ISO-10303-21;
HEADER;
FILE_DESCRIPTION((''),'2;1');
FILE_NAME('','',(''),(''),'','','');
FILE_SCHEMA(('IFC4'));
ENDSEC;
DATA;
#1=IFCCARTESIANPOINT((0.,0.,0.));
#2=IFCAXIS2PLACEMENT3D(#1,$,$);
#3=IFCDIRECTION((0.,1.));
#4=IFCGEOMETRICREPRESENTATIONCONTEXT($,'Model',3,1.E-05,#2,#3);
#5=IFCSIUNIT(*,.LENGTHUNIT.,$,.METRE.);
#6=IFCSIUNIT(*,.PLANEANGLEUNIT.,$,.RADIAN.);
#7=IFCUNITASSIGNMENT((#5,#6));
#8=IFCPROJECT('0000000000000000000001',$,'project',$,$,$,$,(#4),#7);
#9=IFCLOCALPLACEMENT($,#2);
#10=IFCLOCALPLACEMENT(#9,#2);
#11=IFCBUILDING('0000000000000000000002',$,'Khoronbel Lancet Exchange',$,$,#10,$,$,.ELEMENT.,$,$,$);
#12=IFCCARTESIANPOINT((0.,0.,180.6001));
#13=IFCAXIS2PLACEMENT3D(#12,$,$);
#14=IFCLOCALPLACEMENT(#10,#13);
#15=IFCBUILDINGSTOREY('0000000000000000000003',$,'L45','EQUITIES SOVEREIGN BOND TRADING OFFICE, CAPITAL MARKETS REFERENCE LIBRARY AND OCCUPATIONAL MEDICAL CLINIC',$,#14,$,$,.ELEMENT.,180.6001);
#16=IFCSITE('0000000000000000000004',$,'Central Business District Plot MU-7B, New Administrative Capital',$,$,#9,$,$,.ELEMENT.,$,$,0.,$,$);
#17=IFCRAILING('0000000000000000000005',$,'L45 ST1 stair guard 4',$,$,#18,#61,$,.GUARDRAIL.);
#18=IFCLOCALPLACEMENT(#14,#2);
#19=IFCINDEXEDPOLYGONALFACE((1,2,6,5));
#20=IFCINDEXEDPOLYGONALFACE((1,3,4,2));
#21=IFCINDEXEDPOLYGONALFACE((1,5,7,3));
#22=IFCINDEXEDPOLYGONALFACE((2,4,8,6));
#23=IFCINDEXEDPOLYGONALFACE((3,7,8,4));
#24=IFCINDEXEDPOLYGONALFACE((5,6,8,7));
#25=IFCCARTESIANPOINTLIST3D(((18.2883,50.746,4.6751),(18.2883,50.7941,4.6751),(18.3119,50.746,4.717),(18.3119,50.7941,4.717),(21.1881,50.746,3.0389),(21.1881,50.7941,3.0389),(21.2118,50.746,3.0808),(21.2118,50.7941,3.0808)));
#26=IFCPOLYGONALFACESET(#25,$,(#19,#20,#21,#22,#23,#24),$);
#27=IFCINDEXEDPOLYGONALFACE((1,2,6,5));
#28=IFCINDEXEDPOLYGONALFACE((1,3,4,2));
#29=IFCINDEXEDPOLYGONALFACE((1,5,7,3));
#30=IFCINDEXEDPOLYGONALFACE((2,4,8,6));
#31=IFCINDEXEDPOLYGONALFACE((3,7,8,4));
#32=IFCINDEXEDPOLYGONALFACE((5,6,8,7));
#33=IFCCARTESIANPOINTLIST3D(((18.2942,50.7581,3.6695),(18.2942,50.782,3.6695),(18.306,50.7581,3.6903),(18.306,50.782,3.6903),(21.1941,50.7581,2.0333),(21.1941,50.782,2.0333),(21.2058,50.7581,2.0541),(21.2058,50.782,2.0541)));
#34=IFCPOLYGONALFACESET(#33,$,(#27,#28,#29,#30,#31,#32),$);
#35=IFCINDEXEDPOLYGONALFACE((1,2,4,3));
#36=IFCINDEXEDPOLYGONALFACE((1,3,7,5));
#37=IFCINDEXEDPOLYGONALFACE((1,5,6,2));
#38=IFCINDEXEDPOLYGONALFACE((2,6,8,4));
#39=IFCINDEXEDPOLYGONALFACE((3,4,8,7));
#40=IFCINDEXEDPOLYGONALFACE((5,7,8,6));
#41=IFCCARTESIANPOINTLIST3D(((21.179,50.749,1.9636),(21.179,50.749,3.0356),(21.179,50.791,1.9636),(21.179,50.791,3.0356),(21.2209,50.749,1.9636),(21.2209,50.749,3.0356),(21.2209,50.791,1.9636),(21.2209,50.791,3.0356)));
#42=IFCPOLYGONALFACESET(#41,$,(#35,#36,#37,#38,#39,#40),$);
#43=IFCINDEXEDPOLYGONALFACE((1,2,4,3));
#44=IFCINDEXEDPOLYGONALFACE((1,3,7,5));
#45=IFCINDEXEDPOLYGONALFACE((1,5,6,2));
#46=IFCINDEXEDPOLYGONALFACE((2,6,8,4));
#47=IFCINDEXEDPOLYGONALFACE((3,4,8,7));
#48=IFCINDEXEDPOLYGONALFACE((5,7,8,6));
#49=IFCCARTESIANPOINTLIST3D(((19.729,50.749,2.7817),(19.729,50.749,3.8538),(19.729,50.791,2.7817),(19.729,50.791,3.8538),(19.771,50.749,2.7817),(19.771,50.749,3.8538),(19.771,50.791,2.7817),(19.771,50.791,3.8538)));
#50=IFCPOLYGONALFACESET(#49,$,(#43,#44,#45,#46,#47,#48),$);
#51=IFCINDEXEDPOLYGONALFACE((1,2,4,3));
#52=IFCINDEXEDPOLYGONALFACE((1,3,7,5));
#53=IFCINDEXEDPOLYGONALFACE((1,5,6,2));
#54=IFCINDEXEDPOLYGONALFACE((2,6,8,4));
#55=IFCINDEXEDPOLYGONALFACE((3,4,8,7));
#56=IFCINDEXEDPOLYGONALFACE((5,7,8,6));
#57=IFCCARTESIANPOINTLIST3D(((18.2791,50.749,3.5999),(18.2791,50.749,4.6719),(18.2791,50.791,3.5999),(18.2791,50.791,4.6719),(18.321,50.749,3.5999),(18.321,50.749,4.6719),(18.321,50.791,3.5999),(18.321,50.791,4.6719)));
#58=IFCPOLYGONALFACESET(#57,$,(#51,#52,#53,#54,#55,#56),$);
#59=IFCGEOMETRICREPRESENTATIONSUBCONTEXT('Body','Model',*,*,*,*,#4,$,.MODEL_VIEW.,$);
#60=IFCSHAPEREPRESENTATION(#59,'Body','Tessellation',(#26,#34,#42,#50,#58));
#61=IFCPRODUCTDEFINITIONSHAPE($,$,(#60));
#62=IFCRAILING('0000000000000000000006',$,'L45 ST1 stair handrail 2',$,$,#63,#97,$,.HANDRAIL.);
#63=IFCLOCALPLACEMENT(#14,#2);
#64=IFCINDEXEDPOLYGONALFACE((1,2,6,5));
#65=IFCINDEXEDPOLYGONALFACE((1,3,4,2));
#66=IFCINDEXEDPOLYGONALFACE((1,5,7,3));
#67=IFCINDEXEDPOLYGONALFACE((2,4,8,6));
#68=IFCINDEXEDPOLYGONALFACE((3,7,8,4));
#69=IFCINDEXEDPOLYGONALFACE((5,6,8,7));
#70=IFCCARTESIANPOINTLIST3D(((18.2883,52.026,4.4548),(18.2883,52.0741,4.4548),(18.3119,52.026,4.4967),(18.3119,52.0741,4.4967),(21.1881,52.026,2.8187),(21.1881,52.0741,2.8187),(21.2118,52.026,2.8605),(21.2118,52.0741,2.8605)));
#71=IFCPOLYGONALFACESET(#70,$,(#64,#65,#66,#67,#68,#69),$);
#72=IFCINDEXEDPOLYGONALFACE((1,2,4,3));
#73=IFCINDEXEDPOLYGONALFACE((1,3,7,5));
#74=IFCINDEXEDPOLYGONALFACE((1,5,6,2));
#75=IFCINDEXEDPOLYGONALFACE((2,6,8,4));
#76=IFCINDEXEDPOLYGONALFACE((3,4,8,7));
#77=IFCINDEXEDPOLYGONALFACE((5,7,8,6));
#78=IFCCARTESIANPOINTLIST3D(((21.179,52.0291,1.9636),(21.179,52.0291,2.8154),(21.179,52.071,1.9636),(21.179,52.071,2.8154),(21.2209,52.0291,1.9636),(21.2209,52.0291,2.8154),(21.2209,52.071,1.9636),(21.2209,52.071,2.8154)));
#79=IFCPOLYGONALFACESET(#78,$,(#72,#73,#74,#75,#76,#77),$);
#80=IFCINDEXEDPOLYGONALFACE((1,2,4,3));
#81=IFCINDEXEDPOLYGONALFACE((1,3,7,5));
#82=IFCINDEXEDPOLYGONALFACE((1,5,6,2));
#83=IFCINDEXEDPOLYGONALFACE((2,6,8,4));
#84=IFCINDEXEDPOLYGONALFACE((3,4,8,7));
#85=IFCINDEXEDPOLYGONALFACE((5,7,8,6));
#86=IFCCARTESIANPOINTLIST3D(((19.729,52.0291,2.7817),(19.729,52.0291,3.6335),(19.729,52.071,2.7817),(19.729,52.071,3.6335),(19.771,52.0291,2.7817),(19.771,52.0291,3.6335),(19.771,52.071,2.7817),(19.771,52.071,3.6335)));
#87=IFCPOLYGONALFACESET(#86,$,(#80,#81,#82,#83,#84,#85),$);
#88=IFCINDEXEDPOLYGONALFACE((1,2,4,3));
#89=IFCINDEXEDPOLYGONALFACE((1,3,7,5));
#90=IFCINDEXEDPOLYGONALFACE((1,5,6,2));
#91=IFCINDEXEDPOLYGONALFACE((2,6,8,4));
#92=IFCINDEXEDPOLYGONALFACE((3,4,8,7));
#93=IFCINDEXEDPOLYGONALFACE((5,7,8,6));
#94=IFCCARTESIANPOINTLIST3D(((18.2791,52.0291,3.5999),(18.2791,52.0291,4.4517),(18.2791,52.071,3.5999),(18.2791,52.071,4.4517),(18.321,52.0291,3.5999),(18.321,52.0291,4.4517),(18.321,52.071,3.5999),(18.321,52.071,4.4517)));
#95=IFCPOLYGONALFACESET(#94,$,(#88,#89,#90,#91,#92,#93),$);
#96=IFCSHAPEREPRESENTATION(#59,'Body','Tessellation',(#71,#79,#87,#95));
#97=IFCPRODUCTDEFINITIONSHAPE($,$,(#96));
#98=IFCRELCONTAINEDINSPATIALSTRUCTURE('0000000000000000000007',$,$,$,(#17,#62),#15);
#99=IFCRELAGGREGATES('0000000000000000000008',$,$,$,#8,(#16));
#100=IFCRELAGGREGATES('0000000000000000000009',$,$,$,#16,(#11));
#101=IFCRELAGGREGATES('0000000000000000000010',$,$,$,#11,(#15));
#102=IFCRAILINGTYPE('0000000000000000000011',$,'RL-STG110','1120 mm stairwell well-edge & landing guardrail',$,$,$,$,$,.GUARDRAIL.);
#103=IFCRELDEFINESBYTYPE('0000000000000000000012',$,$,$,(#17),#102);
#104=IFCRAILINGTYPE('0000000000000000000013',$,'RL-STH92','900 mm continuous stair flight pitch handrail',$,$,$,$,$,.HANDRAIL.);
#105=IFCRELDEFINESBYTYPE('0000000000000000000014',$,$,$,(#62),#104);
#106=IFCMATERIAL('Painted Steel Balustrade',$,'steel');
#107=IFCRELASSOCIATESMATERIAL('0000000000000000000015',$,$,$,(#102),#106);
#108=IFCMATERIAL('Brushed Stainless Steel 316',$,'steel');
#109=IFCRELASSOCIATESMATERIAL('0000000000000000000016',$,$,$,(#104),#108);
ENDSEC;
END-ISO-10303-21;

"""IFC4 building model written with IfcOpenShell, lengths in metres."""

from ifc_helpers import new_model, si_unit, direction, frame, origin, origin_2d, place, context, subcontext, project, spatial, rectangle, extrude, material, type_object, element, save


model = new_model("IFC4")

# Units and contexts
model_context = context("Model", 3, precision=1e-05, world=origin(), true_north=direction((0.0, 1.0)))
body_context = subcontext(model_context, "Body", "Model", "MODEL_VIEW")
ifc_project = project(units=[si_unit("LENGTHUNIT", "METRE"), si_unit("PLANEANGLEUNIT", "RADIAN")], contexts=[model_context])

# Site, building, storey
site_placement = place(None, origin())
site = spatial("IfcSite", under=ifc_project, at=site_placement, Name="Central Business District Plot MU-7B, New Administrative Capital", CompositionType="ELEMENT", RefElevation=0.0)
building_placement = place(site_placement, origin())
building = spatial("IfcBuilding", under=site, at=building_placement, Name="Khoronbel Lancet Exchange", CompositionType="ELEMENT")
storey_placement = place(building_placement, frame((0.0, 0.0, 180.6001)))
storey = spatial("IfcBuildingStorey", under=building, at=storey_placement, Name="L45", Description="EQUITIES SOVEREIGN BOND TRADING OFFICE, CAPITAL MARKETS REFERENCE LIBRARY AND OCCUPATIONAL MEDICAL CLINIC", CompositionType="ELEMENT", Elevation=180.6001)

# Railings
ifc_material_1 = material(Name="Painted Steel Balustrade", Category="steel")
railing_type_1 = type_object("IfcRailingType", Name="RL-STG110", Description="1120 mm stairwell well-edge & landing guardrail", PredefinedType="GUARDRAIL", material=ifc_material_1)
railing_1_placement = place(storey_placement, frame((21.2, 50.77, 1.9636)))
element("IfcRailing", 1, at=railing_1_placement, inside=storey, type_object=railing_type_1, Name="L45 ST1 stair guard 4", PredefinedType="GUARDRAIL", context=body_context, shape_type="SweptSolid", body=[
    extrude(rectangle(XDim=0.0481, YDim=0.0481, at=origin_2d()), frame((0.0, 0.0, 1.0962), z_axis=(-0.870929, 0.0, 0.49141), x_axis=(0.0, -1.0, 0.0)), (0.0, 0.0, 1.0), 3.3296),
    extrude(rectangle(XDim=0.0239, YDim=0.0239, at=origin_2d()), frame((0.0, 0.0, 0.0801), z_axis=(-0.870929, 0.0, 0.49141), x_axis=(0.0, -1.0, 0.0)), (0.0, 0.0, 1.0), 3.3296),
    extrude(rectangle(XDim=0.042, YDim=0.042, at=origin_2d()), origin(), (0.0, 0.0, 1.0), 1.072),
    extrude(rectangle(XDim=0.042, YDim=0.042, at=origin_2d()), frame((-1.45, 0.0, 0.8181)), (0.0, 0.0, 1.0), 1.072),
    extrude(rectangle(XDim=0.042, YDim=0.042, at=origin_2d()), frame((-2.8999, 0.0, 1.6362)), (0.0, 0.0, 1.0), 1.072),
])
ifc_material_2 = material(Name="Brushed Stainless Steel 316", Category="steel")
railing_type_2 = type_object("IfcRailingType", Name="RL-STH92", Description="900 mm continuous stair flight pitch handrail", PredefinedType="HANDRAIL", material=ifc_material_2)
railing_2_placement = place(storey_placement, frame((21.2, 52.05, 1.9636)))
element("IfcRailing", 2, at=railing_2_placement, inside=storey, type_object=railing_type_2, Name="L45 ST1 stair handrail 2", PredefinedType="HANDRAIL", context=body_context, shape_type="SweptSolid", body=[
    extrude(rectangle(XDim=0.0481, YDim=0.0481, at=origin_2d()), frame((0.0, 0.0, 0.876), z_axis=(-0.870929, 0.0, 0.49141), x_axis=(0.0, -1.0, 0.0)), (0.0, 0.0, 1.0), 3.3296),
    extrude(rectangle(XDim=0.042, YDim=0.042, at=origin_2d()), origin(), (0.0, 0.0, 1.0), 0.8518),
    extrude(rectangle(XDim=0.042, YDim=0.042, at=origin_2d()), frame((-1.45, 0.0, 0.8181)), (0.0, 0.0, 1.0), 0.8518),
    extrude(rectangle(XDim=0.042, YDim=0.042, at=origin_2d()), frame((-2.8999, 0.0, 1.6362)), (0.0, 0.0, 1.0), 0.8518),
])

save(model, "model.ifc")
